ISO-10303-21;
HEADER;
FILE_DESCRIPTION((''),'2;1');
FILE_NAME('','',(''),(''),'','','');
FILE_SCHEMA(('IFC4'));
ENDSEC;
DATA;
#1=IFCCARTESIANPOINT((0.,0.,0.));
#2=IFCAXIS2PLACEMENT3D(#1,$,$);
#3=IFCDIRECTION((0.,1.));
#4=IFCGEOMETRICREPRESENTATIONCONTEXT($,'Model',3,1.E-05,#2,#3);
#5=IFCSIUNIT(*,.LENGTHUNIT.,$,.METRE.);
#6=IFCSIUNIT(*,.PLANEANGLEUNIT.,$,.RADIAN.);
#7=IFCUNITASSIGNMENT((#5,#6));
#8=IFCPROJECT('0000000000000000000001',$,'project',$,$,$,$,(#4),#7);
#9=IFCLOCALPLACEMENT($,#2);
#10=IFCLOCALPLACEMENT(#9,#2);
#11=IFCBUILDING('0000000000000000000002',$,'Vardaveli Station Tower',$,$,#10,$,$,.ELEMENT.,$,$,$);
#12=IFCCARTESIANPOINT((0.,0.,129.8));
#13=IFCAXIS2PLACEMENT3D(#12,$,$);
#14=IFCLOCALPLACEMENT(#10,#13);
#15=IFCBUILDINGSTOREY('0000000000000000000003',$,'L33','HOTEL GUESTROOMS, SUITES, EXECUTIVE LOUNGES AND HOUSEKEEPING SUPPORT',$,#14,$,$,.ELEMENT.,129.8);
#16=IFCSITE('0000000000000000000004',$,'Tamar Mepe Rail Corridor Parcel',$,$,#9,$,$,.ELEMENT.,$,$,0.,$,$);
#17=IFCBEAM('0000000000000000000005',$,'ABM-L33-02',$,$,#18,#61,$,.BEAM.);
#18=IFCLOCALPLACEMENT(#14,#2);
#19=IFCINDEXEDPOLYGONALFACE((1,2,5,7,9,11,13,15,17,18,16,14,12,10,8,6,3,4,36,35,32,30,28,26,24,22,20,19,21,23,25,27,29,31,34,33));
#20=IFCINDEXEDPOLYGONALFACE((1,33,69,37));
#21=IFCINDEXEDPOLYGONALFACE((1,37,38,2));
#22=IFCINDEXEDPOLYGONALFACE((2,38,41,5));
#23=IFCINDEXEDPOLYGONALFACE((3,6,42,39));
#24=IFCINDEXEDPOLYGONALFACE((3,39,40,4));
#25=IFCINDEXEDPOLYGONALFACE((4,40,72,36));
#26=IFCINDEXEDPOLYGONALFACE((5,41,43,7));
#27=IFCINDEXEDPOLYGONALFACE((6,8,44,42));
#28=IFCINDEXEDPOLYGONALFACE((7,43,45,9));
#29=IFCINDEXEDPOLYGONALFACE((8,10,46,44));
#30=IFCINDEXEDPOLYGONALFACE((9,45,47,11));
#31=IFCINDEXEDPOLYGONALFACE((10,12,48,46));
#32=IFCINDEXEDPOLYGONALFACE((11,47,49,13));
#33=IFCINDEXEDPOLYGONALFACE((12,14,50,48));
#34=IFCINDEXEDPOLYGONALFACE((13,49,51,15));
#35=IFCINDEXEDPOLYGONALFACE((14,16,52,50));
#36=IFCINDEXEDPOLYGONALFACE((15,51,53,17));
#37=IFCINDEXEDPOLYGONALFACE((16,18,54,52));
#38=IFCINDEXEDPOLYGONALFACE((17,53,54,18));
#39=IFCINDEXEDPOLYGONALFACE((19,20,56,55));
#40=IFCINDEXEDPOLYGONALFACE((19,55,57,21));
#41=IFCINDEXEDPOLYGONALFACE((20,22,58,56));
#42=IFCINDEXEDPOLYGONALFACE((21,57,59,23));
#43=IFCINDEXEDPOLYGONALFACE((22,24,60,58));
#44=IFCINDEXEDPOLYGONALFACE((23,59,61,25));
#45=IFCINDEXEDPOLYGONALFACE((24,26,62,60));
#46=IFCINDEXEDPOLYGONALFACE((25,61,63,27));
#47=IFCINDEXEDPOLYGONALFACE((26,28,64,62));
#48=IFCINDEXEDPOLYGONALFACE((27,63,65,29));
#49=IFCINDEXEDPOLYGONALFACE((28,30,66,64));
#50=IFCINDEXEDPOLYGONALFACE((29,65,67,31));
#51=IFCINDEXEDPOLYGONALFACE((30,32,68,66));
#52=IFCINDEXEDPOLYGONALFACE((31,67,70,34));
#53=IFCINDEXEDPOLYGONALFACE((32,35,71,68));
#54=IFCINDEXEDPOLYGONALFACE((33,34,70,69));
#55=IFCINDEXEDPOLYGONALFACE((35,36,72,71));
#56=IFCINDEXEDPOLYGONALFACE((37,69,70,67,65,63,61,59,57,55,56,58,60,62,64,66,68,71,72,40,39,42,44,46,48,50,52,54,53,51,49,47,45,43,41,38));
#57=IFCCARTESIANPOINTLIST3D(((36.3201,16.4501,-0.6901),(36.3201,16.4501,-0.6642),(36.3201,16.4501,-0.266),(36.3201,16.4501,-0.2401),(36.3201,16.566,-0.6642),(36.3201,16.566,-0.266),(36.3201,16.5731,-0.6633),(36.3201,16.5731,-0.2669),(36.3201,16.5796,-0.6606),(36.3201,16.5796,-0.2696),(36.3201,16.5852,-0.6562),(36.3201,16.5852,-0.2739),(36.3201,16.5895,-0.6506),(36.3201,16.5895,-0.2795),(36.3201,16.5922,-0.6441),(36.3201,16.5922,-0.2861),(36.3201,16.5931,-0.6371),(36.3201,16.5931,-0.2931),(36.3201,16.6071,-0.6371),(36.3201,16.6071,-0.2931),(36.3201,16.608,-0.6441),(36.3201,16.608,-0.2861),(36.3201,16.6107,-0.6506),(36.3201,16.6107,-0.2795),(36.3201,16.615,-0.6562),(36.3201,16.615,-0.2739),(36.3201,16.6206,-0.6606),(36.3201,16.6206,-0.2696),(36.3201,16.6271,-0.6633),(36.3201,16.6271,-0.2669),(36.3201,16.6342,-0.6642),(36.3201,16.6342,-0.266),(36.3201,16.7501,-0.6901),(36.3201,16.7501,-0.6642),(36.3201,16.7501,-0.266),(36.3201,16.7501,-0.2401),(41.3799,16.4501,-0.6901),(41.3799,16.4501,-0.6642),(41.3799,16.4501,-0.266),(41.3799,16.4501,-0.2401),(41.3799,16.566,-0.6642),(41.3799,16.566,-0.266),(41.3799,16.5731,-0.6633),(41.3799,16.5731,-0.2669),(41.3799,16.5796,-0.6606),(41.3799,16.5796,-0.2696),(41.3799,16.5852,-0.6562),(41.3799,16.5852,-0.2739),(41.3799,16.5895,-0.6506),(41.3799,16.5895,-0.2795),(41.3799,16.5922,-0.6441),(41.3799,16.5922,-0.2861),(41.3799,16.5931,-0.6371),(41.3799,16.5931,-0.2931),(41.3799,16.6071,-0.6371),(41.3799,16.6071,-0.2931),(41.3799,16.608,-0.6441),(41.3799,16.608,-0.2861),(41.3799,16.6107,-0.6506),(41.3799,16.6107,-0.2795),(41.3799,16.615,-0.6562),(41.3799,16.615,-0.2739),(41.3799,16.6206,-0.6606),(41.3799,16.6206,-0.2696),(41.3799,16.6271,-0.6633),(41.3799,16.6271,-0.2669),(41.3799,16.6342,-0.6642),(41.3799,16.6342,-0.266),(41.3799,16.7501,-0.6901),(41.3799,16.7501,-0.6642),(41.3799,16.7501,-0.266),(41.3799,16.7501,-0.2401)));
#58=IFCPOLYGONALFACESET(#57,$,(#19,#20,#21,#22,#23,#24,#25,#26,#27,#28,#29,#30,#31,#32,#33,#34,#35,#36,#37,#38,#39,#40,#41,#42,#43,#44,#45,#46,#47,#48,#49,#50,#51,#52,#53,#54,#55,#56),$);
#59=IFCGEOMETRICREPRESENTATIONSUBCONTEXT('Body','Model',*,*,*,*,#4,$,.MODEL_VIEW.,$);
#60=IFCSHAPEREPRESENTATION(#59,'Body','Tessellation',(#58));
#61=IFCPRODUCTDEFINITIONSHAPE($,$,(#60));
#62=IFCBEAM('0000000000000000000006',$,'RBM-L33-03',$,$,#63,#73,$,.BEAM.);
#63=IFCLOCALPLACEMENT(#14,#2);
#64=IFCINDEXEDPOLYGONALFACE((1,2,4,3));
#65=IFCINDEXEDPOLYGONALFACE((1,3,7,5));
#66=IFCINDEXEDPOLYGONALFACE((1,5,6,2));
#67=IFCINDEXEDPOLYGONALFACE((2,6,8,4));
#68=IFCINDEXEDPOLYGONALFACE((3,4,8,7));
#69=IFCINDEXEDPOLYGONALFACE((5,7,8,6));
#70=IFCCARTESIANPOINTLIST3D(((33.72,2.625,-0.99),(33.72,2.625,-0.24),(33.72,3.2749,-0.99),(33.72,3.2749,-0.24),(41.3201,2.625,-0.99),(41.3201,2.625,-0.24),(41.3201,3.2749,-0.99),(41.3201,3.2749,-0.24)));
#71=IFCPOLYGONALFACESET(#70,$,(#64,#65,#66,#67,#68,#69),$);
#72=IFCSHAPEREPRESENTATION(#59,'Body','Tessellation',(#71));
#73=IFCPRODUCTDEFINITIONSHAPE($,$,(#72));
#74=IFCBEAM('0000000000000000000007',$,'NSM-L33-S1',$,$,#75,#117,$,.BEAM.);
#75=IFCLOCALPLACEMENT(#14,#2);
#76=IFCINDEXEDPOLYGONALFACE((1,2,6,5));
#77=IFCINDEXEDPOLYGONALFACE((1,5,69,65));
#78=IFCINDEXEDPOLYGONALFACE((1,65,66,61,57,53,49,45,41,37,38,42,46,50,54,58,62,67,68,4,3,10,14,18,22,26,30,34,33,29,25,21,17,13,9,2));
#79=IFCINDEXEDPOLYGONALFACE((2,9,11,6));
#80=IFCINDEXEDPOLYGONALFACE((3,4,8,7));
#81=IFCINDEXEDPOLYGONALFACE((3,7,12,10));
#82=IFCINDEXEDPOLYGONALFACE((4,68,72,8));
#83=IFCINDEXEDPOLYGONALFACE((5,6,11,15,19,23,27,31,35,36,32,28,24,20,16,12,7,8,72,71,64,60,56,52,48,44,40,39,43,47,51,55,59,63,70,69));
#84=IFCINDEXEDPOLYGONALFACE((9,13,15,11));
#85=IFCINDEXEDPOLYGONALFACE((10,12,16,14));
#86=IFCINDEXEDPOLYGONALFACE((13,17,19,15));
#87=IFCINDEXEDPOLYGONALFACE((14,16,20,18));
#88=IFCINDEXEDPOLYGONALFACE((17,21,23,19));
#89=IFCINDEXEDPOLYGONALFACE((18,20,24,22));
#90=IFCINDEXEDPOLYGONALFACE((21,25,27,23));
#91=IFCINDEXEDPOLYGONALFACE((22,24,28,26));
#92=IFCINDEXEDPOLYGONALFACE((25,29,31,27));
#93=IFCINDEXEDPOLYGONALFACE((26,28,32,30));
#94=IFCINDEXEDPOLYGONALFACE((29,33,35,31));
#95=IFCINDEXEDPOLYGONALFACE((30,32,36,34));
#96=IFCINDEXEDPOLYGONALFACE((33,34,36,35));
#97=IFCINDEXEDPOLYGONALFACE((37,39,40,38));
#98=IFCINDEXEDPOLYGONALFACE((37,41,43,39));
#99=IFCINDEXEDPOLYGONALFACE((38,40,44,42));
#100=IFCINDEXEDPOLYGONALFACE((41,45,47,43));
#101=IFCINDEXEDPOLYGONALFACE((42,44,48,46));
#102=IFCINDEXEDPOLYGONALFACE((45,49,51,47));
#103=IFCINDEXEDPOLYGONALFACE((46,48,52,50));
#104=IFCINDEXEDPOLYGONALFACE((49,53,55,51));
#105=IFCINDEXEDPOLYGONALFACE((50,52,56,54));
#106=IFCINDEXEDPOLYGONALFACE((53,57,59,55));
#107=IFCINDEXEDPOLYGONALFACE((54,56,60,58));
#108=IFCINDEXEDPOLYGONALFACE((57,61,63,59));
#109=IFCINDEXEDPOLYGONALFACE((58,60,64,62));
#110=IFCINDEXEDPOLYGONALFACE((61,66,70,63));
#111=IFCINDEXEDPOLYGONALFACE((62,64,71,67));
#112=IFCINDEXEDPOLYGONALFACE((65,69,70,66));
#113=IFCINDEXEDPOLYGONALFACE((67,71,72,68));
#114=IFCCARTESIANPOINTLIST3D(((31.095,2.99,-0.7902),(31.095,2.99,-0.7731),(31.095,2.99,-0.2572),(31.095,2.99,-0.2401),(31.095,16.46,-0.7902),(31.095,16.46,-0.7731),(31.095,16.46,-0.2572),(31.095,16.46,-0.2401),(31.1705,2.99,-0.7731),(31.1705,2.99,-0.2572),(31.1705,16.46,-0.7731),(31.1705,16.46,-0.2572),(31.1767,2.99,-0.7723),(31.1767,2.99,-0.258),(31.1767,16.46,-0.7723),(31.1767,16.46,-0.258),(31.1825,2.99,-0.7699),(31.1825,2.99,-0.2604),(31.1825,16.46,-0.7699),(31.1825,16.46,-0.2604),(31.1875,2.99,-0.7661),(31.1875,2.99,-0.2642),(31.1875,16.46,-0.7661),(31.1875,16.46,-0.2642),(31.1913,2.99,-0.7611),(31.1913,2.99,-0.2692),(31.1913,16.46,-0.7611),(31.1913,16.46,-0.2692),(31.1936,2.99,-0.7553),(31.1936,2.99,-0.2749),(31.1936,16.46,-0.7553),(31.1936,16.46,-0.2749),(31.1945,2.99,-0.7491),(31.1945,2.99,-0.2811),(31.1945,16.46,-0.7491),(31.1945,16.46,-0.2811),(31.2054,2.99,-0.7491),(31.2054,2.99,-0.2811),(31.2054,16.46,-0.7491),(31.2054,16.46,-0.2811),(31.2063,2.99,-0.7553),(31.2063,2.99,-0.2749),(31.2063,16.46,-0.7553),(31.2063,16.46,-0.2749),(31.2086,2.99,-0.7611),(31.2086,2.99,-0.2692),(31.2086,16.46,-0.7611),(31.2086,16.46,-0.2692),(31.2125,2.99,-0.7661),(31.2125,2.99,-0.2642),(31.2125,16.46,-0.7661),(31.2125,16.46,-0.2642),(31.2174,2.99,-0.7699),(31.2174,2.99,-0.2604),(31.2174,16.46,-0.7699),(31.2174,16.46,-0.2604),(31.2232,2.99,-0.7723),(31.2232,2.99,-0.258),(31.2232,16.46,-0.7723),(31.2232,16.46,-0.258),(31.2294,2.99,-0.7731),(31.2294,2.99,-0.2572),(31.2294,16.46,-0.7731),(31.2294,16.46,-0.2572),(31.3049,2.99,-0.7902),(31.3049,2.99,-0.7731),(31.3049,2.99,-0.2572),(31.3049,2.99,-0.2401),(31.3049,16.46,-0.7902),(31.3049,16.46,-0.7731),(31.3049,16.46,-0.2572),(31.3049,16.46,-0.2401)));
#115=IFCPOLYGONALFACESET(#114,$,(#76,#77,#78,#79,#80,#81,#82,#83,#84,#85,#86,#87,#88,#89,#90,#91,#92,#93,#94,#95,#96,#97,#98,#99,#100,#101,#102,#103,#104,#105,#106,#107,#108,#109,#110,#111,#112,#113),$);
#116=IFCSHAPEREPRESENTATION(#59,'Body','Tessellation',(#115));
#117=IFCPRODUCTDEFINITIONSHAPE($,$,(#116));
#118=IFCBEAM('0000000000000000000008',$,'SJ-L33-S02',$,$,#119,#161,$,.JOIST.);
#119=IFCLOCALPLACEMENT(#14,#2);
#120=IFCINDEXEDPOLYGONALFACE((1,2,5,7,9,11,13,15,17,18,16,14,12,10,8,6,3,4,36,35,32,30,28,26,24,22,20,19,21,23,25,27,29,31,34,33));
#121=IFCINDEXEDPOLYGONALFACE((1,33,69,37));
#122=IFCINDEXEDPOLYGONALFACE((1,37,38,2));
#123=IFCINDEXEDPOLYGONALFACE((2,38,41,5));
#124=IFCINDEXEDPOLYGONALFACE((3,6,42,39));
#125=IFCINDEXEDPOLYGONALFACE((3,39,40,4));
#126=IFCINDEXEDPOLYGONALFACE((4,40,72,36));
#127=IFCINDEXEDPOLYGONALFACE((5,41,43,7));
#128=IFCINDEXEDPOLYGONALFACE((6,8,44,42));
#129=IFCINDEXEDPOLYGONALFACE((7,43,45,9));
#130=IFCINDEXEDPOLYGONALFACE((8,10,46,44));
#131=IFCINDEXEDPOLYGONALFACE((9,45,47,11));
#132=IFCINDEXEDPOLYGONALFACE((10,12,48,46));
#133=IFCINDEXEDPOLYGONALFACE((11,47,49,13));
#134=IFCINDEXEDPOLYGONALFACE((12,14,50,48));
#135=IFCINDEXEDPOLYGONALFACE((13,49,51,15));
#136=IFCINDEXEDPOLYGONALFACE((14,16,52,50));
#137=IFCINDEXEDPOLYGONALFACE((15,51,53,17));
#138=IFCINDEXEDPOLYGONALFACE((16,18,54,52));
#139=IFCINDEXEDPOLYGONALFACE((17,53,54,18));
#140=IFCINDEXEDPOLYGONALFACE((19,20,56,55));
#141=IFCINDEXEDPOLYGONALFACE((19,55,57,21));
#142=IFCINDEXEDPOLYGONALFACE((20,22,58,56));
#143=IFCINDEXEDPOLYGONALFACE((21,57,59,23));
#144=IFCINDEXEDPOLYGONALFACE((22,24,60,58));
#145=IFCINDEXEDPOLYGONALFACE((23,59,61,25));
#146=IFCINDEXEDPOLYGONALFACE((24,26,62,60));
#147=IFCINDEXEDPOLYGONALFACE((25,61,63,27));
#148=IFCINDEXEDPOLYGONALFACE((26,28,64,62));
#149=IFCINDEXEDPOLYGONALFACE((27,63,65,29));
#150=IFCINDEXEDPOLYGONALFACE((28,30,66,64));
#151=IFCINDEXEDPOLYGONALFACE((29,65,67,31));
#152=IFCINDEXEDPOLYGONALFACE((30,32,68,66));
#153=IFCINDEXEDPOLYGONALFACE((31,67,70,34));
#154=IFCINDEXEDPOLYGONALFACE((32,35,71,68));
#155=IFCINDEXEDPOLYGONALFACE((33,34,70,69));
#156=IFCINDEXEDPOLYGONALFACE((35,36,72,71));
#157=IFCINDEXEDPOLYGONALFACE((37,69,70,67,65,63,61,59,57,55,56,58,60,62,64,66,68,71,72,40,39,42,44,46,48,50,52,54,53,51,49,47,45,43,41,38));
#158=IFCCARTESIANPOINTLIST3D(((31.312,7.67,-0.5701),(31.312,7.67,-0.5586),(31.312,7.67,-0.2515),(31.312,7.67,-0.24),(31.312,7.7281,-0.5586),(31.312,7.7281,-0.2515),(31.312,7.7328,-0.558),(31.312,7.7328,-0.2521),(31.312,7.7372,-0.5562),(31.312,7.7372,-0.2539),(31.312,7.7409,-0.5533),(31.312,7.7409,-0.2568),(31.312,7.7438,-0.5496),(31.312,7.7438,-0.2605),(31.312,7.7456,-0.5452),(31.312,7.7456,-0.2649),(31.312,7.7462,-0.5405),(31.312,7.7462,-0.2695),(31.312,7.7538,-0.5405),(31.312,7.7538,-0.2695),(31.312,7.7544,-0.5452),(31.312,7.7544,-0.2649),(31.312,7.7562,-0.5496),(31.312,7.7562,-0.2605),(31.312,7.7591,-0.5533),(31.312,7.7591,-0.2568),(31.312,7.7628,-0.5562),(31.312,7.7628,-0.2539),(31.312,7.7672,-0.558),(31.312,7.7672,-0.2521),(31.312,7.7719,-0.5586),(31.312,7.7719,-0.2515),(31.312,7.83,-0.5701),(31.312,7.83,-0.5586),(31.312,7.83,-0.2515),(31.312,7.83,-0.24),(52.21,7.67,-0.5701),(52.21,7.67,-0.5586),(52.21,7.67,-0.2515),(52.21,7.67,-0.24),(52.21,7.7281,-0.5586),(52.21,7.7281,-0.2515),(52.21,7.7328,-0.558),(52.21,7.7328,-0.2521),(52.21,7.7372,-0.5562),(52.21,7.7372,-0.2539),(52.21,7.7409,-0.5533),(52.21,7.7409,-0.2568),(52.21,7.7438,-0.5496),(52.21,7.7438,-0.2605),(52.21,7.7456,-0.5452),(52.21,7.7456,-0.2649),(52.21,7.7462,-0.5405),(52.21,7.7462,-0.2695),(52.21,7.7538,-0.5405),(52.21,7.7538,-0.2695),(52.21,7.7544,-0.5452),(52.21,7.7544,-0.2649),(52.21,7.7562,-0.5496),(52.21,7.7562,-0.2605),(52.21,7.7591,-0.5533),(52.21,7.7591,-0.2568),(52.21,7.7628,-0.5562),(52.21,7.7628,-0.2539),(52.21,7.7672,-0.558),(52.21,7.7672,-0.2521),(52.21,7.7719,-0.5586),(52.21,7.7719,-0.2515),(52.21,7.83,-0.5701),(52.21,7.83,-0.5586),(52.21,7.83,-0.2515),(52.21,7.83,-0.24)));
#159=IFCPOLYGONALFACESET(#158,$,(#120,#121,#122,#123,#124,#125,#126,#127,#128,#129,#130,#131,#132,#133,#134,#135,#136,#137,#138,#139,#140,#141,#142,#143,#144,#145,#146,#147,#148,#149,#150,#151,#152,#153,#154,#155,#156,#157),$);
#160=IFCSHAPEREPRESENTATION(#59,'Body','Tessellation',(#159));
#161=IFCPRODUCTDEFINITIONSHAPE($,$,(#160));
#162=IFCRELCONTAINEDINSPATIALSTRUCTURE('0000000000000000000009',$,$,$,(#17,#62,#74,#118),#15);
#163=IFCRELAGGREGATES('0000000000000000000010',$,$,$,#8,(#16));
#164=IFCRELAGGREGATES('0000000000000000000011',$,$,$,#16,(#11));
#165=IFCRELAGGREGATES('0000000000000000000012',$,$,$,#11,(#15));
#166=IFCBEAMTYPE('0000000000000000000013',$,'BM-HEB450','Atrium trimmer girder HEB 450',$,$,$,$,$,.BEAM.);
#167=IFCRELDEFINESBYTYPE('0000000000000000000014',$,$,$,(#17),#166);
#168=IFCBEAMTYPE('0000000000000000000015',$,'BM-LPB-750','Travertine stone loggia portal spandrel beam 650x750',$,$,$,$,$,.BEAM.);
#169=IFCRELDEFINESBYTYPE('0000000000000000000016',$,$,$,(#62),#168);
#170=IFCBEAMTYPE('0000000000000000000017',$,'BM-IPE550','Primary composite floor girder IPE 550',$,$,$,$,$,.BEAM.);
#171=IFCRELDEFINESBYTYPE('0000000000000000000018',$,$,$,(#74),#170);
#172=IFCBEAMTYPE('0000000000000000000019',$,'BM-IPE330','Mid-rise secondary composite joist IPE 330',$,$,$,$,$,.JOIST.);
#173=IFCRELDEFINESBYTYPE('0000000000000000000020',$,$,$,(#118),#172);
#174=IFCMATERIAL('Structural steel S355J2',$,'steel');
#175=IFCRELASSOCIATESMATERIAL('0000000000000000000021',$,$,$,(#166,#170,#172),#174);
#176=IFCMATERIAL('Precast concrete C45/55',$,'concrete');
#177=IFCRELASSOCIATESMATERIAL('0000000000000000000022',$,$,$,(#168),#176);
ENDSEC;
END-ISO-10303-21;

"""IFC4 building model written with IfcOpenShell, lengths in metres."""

from ifc_helpers import new_model, si_unit, direction, frame, origin, origin_2d, place, context, subcontext, project, spatial, rectangle, i_section, extrude, source, transform, mapped, material, material_profile, profile_set, type_object, element, save


model = new_model("IFC4")

# Units and contexts
model_context = context("Model", 3, precision=1e-05, world=origin(), true_north=direction((0.0, 1.0)))
body_context = subcontext(model_context, "Body", "Model", "MODEL_VIEW")
ifc_project = project(units=[si_unit("LENGTHUNIT", "METRE"), si_unit("PLANEANGLEUNIT", "RADIAN")], contexts=[model_context])

# Site, building, storey
site_placement = place(None, origin())
site = spatial("IfcSite", under=ifc_project, at=site_placement, Name="Tamar Mepe Rail Corridor Parcel", CompositionType="ELEMENT", RefElevation=0.0)
building_placement = place(site_placement, origin())
building = spatial("IfcBuilding", under=site, at=building_placement, Name="Vardaveli Station Tower", CompositionType="ELEMENT")
storey_placement = place(building_placement, frame((0.0, 0.0, 129.8)))
storey = spatial("IfcBuildingStorey", under=building, at=storey_placement, Name="L33", Description="HOTEL GUESTROOMS, SUITES, EXECUTIVE LOUNGES AND HOUSEKEEPING SUPPORT", CompositionType="ELEMENT", Elevation=129.8)

# Beams
ifc_material_1 = material(Name="Structural steel S355J2", Category="steel")
ifc_material_profile_1 = material_profile(ifc_material_1, i_section(OverallWidth=0.3, OverallDepth=0.45, WebThickness=0.0139, FlangeThickness=0.0259, FilletRadius=0.0271, at=origin_2d()), Name="HEB 450")
ifc_profile_set_1 = profile_set([ifc_material_profile_1], Name="Structural steel S355J2")
beam_type_1 = type_object("IfcBeamType", Name="BM-HEB450", Description="Atrium trimmer girder HEB 450", PredefinedType="BEAM", material=ifc_profile_set_1)
shared_shape_1 = source(origin(), body_context, "Body", "SweptSolid", [
    extrude(i_section(OverallWidth=0.3, OverallDepth=0.45, WebThickness=0.0139, FlangeThickness=0.0259, FilletRadius=0.0271, at=origin_2d()), origin(), (0.0, 0.0, 1.0), 5.0598),
])
beam_1_placement = place(storey_placement, frame((36.3201, 16.6001, -0.4651), z_axis=(1.0, 0.0, 0.0), x_axis=(0.0, 1.0, 0.0)))
element("IfcBeam", 1, at=beam_1_placement, inside=storey, type_object=beam_type_1, Name="ABM-L33-02", PredefinedType="BEAM", context=body_context, shape_type="MappedRepresentation", body=[
    mapped(shared_shape_1, transform((0.0, 0.0, 0.0), scale=1.0)),
])
ifc_material_2 = material(Name="Precast concrete C45/55", Category="concrete")
ifc_material_profile_2 = material_profile(ifc_material_2, rectangle(XDim=0.6499, YDim=0.75, at=origin_2d()), Name="LPB 650x750")
ifc_profile_set_2 = profile_set([ifc_material_profile_2], Name="Precast concrete C45/55")
beam_type_2 = type_object("IfcBeamType", Name="BM-LPB-750", Description="Travertine stone loggia portal spandrel beam 650x750", PredefinedType="BEAM", material=ifc_profile_set_2)
shared_shape_2 = source(origin(), body_context, "Body", "SweptSolid", [
    extrude(rectangle(XDim=0.6499, YDim=0.75, at=origin_2d()), origin(), (0.0, 0.0, 1.0), 7.6001),
])
beam_2_placement = place(storey_placement, frame((33.72, 2.95, -0.615), z_axis=(1.0, 0.0, 0.0), x_axis=(0.0, 1.0, 0.0)))
element("IfcBeam", 2, at=beam_2_placement, inside=storey, type_object=beam_type_2, Name="RBM-L33-03", PredefinedType="BEAM", context=body_context, shape_type="MappedRepresentation", body=[
    mapped(shared_shape_2, transform((0.0, 0.0, 0.0), scale=1.0)),
])
ifc_material_profile_3 = material_profile(ifc_material_1, i_section(OverallWidth=0.21, OverallDepth=0.55, WebThickness=0.011, FlangeThickness=0.0171, FilletRadius=0.0239, at=origin_2d()), Name="IPE 550")
ifc_profile_set_3 = profile_set([ifc_material_profile_3], Name="Structural steel S355J2")
beam_type_3 = type_object("IfcBeamType", Name="BM-IPE550", Description="Primary composite floor girder IPE 550", PredefinedType="BEAM", material=ifc_profile_set_3)
shared_shape_3 = source(origin(), body_context, "Body", "SweptSolid", [
    extrude(i_section(OverallWidth=0.21, OverallDepth=0.55, WebThickness=0.011, FlangeThickness=0.0171, FilletRadius=0.0239, at=origin_2d()), origin(), (0.0, 0.0, 1.0), 13.47),
])
beam_3_placement = place(storey_placement, frame((31.2, 2.99, -0.5151), z_axis=(0.0, 1.0, 0.0), x_axis=(-1.0, 0.0, 0.0)))
element("IfcBeam", 3, at=beam_3_placement, inside=storey, type_object=beam_type_3, Name="NSM-L33-S1", PredefinedType="BEAM", context=body_context, shape_type="MappedRepresentation", body=[
    mapped(shared_shape_3, transform((0.0, 0.0, 0.0), scale=1.0)),
])
ifc_material_profile_4 = material_profile(ifc_material_1, i_section(OverallWidth=0.1599, OverallDepth=0.3301, WebThickness=0.0076, FlangeThickness=0.0115, FilletRadius=0.0181, at=origin_2d()), Name="IPE 330")
ifc_profile_set_4 = profile_set([ifc_material_profile_4], Name="Structural steel S355J2")
beam_type_4 = type_object("IfcBeamType", Name="BM-IPE330", Description="Mid-rise secondary composite joist IPE 330", PredefinedType="JOIST", material=ifc_profile_set_4)
shared_shape_4 = source(origin(), body_context, "Body", "SweptSolid", [
    extrude(i_section(OverallWidth=0.1599, OverallDepth=0.3301, WebThickness=0.0076, FlangeThickness=0.0115, FilletRadius=0.0181, at=origin_2d()), origin(), (0.0, 0.0, 1.0), 20.8979),
])
for number, where, z_axis, x_axis, name in (
    (4, (31.312, 7.75, -0.405), (1.0, 0.0, 0.0), (0.0, 1.0, 0.0), "SJ-L33-S02"),
):
    element("IfcBeam", number, at=place(storey_placement, frame(where, z_axis=z_axis, x_axis=x_axis)), inside=storey, type_object=beam_type_4, Name=name, PredefinedType="JOIST", context=body_context, shape_type="MappedRepresentation", body=[
        mapped(shared_shape_4, transform((0.0, 0.0, 0.0), scale=1.0)),
    ])

save(model, "model.ifc")
